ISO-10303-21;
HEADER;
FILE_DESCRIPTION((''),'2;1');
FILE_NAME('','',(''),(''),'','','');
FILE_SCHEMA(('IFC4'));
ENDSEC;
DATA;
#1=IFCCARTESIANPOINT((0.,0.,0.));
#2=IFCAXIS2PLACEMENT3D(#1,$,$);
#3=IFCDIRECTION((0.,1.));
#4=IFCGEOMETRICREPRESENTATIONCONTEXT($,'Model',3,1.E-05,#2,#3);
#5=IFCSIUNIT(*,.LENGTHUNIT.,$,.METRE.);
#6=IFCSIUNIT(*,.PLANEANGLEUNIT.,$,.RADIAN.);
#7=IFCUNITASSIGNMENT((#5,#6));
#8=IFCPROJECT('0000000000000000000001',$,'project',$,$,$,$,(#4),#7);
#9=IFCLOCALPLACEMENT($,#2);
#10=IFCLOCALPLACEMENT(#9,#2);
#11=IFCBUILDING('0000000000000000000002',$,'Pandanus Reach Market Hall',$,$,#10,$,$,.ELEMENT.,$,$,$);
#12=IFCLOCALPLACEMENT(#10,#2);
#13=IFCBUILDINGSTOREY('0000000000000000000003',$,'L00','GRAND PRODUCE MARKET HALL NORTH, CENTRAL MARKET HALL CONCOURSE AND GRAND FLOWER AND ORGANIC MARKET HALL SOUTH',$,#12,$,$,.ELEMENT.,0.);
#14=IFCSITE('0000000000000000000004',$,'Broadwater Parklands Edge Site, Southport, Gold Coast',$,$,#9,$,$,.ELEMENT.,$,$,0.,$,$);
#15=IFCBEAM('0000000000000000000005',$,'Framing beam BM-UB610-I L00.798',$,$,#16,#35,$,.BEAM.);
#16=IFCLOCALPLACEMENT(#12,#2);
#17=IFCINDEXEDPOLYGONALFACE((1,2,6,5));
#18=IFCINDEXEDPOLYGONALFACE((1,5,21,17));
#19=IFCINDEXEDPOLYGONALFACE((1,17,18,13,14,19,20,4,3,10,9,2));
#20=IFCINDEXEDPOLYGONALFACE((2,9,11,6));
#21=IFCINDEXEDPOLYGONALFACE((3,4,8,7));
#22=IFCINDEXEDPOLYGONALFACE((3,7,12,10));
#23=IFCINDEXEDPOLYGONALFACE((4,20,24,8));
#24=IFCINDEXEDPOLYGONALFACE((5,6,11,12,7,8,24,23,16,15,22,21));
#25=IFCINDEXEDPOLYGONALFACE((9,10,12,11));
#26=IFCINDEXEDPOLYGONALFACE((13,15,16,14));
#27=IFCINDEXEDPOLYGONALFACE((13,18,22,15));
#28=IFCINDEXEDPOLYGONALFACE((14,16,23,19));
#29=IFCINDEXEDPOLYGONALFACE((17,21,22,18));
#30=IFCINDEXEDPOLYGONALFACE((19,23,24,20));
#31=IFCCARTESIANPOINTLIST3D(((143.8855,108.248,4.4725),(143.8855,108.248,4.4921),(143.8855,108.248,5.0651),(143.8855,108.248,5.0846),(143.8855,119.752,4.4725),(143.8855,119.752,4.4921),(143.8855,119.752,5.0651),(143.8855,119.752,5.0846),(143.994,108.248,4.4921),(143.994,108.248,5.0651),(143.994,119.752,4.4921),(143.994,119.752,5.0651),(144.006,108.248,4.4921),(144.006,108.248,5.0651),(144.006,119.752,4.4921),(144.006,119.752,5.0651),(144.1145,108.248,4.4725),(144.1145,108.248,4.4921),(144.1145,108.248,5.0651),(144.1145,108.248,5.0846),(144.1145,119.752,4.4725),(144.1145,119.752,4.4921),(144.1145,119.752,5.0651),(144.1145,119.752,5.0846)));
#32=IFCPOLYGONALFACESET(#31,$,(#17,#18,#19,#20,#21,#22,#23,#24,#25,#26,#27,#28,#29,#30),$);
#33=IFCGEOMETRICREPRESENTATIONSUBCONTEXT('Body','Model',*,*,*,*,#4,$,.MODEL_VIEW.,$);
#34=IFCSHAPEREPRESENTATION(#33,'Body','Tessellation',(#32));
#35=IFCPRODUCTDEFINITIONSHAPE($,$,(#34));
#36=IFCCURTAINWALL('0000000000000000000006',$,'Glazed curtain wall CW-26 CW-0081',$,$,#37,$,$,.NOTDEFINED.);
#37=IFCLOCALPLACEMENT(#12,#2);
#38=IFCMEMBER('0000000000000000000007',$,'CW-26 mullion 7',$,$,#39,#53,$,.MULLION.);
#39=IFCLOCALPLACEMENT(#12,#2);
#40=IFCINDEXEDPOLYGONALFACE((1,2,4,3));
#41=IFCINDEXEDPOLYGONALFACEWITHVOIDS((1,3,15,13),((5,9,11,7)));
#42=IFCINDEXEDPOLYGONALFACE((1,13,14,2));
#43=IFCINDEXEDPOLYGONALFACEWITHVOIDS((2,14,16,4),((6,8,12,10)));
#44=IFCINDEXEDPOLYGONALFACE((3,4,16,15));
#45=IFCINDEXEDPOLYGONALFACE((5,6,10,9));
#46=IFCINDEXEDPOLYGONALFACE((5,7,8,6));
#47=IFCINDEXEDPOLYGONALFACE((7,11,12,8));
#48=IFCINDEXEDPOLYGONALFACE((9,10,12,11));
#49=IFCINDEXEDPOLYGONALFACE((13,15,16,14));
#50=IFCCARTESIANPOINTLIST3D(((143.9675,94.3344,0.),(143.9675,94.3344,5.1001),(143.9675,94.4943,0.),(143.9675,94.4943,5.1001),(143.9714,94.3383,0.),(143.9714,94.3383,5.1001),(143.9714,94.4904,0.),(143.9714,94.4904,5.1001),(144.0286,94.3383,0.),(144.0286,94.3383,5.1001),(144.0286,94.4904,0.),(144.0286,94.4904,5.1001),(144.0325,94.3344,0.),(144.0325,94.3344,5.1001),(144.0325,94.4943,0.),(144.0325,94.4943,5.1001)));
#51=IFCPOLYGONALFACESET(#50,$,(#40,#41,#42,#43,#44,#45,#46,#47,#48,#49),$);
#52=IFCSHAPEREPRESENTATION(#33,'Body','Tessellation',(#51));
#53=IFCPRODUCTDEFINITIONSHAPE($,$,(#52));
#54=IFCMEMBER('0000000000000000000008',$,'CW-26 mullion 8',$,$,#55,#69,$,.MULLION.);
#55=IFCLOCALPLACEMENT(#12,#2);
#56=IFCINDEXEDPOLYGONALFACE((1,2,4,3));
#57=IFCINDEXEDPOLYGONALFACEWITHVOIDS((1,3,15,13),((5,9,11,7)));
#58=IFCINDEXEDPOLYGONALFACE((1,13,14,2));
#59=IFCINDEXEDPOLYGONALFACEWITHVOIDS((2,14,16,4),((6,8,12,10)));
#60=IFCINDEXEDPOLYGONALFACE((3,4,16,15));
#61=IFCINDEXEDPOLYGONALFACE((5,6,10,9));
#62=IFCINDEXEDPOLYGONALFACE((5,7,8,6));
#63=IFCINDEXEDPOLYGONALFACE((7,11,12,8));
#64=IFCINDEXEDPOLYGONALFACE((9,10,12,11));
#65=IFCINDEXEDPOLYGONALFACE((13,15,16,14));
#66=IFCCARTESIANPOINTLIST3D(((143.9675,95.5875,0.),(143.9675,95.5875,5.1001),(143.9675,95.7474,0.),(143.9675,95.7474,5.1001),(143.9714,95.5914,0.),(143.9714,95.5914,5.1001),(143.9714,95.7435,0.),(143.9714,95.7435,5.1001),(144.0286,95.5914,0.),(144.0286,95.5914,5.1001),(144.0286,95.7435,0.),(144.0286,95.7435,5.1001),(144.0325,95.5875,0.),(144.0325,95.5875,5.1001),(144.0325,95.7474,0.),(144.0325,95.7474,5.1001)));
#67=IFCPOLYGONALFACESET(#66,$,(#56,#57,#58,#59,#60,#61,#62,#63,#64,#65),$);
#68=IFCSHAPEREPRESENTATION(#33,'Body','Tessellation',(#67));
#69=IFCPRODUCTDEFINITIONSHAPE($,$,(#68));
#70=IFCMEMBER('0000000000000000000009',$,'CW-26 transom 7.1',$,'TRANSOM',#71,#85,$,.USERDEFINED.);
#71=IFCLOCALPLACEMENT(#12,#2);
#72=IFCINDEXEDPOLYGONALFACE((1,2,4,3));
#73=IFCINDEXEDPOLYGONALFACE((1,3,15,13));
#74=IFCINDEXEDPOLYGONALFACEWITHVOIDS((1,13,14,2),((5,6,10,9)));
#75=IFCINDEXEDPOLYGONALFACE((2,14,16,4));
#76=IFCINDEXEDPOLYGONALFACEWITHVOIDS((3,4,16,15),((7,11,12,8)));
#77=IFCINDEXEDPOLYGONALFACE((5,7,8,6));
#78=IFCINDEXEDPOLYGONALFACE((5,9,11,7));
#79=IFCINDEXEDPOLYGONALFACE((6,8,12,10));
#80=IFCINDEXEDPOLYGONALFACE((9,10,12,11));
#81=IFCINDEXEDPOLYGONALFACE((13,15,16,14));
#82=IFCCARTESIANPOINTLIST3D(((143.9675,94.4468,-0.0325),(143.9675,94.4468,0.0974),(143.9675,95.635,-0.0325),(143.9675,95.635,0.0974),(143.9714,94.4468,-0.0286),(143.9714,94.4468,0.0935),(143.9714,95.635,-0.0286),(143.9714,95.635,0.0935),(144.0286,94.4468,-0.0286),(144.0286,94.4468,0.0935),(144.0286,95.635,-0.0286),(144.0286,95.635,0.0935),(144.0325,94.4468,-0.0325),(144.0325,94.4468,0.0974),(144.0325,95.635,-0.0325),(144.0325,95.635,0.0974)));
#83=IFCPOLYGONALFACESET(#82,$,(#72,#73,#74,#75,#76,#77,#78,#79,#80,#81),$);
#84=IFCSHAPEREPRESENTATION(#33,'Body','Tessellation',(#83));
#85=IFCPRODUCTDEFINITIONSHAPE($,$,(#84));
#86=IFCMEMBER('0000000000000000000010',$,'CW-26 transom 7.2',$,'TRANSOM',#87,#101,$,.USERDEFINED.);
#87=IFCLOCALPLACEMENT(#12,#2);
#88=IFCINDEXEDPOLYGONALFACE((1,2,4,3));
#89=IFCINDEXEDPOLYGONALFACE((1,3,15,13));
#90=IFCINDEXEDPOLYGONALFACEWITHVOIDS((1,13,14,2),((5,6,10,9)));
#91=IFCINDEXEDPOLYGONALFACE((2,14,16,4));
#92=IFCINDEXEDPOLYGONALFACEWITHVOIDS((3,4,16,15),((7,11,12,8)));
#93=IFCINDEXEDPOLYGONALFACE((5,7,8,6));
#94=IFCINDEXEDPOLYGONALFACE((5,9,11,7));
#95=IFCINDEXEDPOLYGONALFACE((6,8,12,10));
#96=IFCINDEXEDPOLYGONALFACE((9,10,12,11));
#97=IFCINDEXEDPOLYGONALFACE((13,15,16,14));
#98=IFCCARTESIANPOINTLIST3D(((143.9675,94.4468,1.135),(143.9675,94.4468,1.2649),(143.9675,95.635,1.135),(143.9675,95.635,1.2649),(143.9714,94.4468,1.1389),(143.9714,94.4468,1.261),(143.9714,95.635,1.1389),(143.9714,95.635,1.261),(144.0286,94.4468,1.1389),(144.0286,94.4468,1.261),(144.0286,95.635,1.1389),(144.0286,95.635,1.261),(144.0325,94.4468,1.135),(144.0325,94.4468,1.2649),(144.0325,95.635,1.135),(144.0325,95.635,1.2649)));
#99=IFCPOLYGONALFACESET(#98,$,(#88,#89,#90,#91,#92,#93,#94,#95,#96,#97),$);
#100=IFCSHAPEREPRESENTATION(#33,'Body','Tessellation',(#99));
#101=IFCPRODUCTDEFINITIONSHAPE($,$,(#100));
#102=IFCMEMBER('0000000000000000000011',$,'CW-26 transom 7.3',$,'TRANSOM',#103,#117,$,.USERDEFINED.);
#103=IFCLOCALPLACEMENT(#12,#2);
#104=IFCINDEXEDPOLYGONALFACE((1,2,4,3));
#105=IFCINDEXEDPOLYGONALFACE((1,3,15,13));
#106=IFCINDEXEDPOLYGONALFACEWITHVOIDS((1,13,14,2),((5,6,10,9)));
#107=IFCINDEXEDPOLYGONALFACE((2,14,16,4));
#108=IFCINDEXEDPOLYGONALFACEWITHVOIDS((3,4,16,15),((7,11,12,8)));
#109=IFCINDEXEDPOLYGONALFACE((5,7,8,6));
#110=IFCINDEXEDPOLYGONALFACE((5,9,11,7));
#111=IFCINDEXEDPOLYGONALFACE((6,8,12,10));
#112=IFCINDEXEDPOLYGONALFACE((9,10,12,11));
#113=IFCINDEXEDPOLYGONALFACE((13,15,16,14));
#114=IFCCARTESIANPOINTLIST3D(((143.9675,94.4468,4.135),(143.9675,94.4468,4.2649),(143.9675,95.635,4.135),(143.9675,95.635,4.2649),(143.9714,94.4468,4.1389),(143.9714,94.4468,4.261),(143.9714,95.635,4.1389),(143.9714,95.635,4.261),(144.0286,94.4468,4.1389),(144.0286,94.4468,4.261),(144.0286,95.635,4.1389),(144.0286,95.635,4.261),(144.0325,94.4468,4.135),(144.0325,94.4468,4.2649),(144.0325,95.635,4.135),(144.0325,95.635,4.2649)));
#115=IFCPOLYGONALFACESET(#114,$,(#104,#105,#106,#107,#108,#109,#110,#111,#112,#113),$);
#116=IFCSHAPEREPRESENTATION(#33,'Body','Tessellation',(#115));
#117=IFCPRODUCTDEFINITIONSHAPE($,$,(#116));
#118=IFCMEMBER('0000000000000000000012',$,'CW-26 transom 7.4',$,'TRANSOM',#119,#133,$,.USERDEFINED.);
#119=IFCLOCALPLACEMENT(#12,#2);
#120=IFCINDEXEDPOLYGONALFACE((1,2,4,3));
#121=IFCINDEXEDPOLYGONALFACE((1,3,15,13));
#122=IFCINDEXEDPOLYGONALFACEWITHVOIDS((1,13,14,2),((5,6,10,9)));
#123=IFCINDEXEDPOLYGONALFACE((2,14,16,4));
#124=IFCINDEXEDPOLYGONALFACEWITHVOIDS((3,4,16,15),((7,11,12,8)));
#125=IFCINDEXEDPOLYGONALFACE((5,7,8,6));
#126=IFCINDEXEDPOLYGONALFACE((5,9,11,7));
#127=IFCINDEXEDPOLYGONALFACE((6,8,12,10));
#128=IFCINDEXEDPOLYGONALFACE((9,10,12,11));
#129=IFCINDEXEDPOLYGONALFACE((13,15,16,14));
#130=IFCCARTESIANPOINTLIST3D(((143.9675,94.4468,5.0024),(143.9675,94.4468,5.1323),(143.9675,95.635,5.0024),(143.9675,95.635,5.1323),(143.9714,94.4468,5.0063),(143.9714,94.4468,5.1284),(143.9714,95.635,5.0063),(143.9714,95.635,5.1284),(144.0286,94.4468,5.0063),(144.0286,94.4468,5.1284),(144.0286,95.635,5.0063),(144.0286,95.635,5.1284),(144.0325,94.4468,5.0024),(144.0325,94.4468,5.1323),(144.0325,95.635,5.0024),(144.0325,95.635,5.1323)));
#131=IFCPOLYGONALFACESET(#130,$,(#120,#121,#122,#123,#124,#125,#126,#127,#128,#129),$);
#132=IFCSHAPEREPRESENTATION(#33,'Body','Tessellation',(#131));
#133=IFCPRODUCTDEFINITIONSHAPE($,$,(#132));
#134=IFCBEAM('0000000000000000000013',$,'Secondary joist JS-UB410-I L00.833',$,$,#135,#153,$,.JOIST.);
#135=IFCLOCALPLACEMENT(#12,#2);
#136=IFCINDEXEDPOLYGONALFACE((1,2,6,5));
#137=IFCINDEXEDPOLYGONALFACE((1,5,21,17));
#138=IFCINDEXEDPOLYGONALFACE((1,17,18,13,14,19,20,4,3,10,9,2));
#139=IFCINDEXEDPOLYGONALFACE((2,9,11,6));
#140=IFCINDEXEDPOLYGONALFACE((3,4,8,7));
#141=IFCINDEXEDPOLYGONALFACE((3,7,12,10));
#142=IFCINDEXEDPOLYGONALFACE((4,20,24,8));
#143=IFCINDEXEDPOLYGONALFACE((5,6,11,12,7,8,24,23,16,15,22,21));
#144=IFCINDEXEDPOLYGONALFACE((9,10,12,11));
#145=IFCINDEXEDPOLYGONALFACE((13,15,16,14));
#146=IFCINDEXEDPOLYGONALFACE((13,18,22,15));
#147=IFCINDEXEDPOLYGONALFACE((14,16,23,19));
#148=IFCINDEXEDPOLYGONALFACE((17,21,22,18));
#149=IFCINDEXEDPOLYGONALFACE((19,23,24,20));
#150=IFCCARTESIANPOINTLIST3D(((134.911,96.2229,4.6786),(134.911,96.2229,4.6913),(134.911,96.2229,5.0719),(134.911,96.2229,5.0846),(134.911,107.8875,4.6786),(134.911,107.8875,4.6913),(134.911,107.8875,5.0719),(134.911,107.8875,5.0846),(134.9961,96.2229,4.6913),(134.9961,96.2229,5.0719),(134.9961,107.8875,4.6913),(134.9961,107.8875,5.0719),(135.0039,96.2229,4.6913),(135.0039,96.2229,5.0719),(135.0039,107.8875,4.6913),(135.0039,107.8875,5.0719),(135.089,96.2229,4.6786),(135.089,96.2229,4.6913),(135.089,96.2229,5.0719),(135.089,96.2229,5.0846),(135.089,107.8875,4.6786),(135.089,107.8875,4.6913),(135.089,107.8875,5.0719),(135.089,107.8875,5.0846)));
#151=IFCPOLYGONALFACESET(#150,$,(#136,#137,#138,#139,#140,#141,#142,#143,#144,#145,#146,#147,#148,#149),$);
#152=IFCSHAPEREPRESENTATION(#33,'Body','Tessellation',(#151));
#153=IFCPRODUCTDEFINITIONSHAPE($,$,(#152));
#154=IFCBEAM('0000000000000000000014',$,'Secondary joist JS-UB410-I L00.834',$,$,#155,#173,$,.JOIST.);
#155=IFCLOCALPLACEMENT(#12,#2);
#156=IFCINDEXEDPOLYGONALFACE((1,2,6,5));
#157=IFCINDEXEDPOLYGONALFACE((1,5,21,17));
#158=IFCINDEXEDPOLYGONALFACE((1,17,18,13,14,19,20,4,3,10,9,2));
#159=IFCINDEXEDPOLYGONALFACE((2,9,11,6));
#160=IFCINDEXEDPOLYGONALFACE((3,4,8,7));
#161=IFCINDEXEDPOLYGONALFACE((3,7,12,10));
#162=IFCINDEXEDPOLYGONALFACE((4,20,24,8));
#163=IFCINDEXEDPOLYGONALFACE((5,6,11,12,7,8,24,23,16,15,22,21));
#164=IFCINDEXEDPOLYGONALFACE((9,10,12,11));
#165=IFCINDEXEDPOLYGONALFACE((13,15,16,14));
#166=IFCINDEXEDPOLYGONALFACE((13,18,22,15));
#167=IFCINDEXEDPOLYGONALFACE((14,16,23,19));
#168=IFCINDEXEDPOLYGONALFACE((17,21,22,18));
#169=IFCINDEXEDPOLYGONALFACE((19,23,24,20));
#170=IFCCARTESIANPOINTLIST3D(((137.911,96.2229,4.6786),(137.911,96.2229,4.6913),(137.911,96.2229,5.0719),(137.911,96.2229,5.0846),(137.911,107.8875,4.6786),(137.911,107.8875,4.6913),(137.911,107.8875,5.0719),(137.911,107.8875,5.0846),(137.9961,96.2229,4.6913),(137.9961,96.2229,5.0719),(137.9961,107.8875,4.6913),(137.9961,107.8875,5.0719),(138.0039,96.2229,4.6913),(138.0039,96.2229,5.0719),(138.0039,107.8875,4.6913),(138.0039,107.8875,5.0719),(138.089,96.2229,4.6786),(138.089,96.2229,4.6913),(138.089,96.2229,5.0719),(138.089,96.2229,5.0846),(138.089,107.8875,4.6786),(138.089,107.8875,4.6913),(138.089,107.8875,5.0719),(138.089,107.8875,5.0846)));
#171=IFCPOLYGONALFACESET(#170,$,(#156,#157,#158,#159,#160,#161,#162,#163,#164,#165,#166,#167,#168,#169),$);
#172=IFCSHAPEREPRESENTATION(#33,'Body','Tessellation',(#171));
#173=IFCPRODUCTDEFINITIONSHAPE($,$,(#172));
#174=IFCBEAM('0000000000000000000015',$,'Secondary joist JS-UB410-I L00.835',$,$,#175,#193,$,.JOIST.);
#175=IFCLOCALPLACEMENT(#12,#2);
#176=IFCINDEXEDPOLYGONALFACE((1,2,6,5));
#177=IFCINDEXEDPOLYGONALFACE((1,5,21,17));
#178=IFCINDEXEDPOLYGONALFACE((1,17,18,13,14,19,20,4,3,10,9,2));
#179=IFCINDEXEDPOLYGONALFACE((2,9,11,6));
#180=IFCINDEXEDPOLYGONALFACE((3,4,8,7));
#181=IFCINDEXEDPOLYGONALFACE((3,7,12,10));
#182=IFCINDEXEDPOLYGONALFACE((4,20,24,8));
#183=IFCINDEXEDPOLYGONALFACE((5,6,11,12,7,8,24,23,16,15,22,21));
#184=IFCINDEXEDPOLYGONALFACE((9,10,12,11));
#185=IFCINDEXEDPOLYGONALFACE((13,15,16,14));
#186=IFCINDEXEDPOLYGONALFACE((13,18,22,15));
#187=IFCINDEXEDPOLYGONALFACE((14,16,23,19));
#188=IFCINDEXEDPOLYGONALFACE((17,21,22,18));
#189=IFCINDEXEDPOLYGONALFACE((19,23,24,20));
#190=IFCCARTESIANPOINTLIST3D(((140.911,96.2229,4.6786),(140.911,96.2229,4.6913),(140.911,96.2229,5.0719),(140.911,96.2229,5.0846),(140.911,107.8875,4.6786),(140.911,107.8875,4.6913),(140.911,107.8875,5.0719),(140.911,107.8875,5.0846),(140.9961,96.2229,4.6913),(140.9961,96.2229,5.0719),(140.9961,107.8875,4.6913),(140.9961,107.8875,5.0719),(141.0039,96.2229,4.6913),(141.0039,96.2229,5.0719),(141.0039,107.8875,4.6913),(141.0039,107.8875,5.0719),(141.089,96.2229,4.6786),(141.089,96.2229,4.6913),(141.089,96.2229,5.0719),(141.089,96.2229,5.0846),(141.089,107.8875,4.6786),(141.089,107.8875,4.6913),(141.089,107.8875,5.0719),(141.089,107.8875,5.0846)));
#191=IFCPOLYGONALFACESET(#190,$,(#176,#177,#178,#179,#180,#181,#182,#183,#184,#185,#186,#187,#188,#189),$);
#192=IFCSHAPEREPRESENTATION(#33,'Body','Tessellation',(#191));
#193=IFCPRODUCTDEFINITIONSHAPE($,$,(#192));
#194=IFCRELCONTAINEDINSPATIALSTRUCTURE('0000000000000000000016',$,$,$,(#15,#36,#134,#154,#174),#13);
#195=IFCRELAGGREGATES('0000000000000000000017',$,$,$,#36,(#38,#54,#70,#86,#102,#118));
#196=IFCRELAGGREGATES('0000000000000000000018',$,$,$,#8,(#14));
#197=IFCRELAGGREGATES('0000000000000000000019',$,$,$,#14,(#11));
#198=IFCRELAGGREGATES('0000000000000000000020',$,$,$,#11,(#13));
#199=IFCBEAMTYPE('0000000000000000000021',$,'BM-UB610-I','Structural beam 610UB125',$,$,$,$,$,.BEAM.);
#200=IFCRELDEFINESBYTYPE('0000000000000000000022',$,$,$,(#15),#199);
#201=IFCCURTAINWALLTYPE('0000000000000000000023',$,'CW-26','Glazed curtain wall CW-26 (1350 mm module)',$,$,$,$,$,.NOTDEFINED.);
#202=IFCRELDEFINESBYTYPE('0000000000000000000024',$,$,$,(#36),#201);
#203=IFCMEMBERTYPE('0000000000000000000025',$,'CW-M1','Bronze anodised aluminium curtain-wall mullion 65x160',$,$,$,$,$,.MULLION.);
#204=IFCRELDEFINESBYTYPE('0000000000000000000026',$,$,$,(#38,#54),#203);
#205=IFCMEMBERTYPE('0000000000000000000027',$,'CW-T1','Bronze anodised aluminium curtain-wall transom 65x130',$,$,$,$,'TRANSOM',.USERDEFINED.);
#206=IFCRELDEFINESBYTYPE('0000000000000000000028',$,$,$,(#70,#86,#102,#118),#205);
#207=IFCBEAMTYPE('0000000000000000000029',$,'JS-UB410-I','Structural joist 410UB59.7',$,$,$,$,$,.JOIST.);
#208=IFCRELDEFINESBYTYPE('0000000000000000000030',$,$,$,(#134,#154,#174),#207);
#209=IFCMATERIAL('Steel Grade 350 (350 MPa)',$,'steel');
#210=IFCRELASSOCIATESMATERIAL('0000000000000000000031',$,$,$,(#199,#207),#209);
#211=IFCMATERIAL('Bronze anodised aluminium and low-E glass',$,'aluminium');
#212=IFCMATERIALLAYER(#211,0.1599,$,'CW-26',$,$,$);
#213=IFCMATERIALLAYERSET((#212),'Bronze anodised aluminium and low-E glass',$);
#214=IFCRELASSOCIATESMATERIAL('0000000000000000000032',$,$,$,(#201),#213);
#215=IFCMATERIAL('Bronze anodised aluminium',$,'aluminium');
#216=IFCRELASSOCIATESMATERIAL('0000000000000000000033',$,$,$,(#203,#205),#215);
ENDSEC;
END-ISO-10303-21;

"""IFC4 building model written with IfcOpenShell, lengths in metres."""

from ifc_helpers import new_model, si_unit, direction, frame, origin, origin_2d, place, context, subcontext, project, spatial, hollow_rectangle, i_section, extrude, material, layer, layer_set, material_profile, profile_set, type_object, element, aggregate, save


model = new_model("IFC4")

# Units and contexts
model_context = context("Model", 3, precision=1e-05, world=origin(), true_north=direction((0.0, 1.0)))
body_context = subcontext(model_context, "Body", "Model", "MODEL_VIEW")
ifc_project = project(units=[si_unit("LENGTHUNIT", "METRE"), si_unit("PLANEANGLEUNIT", "RADIAN")], contexts=[model_context])

# Site, building, storey
site_placement = place(None, origin())
site = spatial("IfcSite", under=ifc_project, at=site_placement, Name="Broadwater Parklands Edge Site, Southport, Gold Coast", CompositionType="ELEMENT", RefElevation=0.0)
building_placement = place(site_placement, origin())
building = spatial("IfcBuilding", under=site, at=building_placement, Name="Pandanus Reach Market Hall", CompositionType="ELEMENT")
storey_placement = place(building_placement, origin())
storey = spatial("IfcBuildingStorey", under=building, at=storey_placement, Name="L00", Description="GRAND PRODUCE MARKET HALL NORTH, CENTRAL MARKET HALL CONCOURSE AND GRAND FLOWER AND ORGANIC MARKET HALL SOUTH", CompositionType="ELEMENT", Elevation=0.0)

# Beam
ifc_material_1 = material(Name="Steel Grade 350 (350 MPa)", Category="steel")
ifc_material_profile_1 = material_profile(ifc_material_1, i_section(OverallWidth=0.229, OverallDepth=0.6121, WebThickness=0.012, FlangeThickness=0.0195, at=origin_2d()), Name="610UB125", Category="LoadBearing")
ifc_profile_set_1 = profile_set([ifc_material_profile_1], Name="Steel Grade 350 (350 MPa)")
beam_type_1 = type_object("IfcBeamType", Name="BM-UB610-I", Description="Structural beam 610UB125", PredefinedType="BEAM", material=ifc_profile_set_1)
beam_1_placement = place(storey_placement, frame((144.0, 108.248, 4.7786), z_axis=(0.0, 1.0, 0.0), x_axis=(-1.0, 0.0, 0.0)))
element("IfcBeam", 1, at=beam_1_placement, inside=storey, type_object=beam_type_1, Name="Framing beam BM-UB610-I L00.798", PredefinedType="BEAM", context=body_context, shape_type="SweptSolid", body=[
    extrude(i_section(OverallWidth=0.229, OverallDepth=0.6121, WebThickness=0.012, FlangeThickness=0.0195, at=origin_2d()), origin(), (0.0, 0.0, 1.0), 11.5039),
])

# Curtain wall, members
ifc_material_2 = material(Name="Bronze anodised aluminium and low-E glass", Category="aluminium")
ifc_layer_1 = layer(ifc_material_2, 0.1599, Name="CW-26")
ifc_layer_set_1 = layer_set([ifc_layer_1], Name="Bronze anodised aluminium and low-E glass")
curtain_wall_type = type_object("IfcCurtainWallType", Name="CW-26", Description="Glazed curtain wall CW-26 (1350 mm module)", PredefinedType="NOTDEFINED", material=ifc_layer_set_1)
curtain_wall_placement = place(storey_placement, origin())
curtain_wall = element("IfcCurtainWall", 2, at=curtain_wall_placement, inside=storey, type_object=curtain_wall_type, Name="Glazed curtain wall CW-26 CW-0081", PredefinedType="NOTDEFINED")
ifc_material_3 = material(Name="Bronze anodised aluminium", Category="aluminium")
ifc_material_profile_2 = material_profile(ifc_material_3, hollow_rectangle(XDim=0.0649, YDim=0.1599, WallThickness=0.0039, at=origin_2d()), Name="ALU65x160", Category="LoadBearing")
ifc_profile_set_2 = profile_set([ifc_material_profile_2], Name="Bronze anodised aluminium")
member_type_1 = type_object("IfcMemberType", Name="CW-M1", Description="Bronze anodised aluminium curtain-wall mullion 65x160", PredefinedType="MULLION", material=ifc_profile_set_2)
member_1_placement = place(storey_placement, frame((144.0, 94.4143, 0.0), z_axis=(0.0, 0.0, 1.0), x_axis=(-1.0, 0.0, 0.0)))
member_1 = element("IfcMember", 3, at=member_1_placement, type_object=member_type_1, Name="CW-26 mullion 7", PredefinedType="MULLION", context=body_context, shape_type="SweptSolid", body=[
    extrude(hollow_rectangle(XDim=0.0649, YDim=0.1599, WallThickness=0.0039, at=origin_2d()), origin(), (0.0, 0.0, 1.0), 5.1001),
])
member_2_placement = place(storey_placement, frame((144.0, 95.6675, 0.0), z_axis=(0.0, 0.0, 1.0), x_axis=(-1.0, 0.0, 0.0)))
member_2 = element("IfcMember", 4, at=member_2_placement, type_object=member_type_1, Name="CW-26 mullion 8", PredefinedType="MULLION", context=body_context, shape_type="SweptSolid", body=[
    extrude(hollow_rectangle(XDim=0.0649, YDim=0.1599, WallThickness=0.0039, at=origin_2d()), origin(), (0.0, 0.0, 1.0), 5.1001),
])
ifc_material_profile_3 = material_profile(ifc_material_3, hollow_rectangle(XDim=0.0649, YDim=0.1299, WallThickness=0.0039, at=origin_2d()), Name="ALU65x130", Category="LoadBearing")
ifc_profile_set_3 = profile_set([ifc_material_profile_3], Name="Bronze anodised aluminium")
member_type_2 = type_object("IfcMemberType", Name="CW-T1", Description="Bronze anodised aluminium curtain-wall transom 65x130", ElementType="TRANSOM", PredefinedType="USERDEFINED", material=ifc_profile_set_3)
member_3_placement = place(storey_placement, frame((144.0, 94.4468, 0.0325), z_axis=(0.0, 1.0, 0.0), x_axis=(-1.0, 0.0, 0.0)))
member_3 = element("IfcMember", 5, at=member_3_placement, type_object=member_type_2, Name="CW-26 transom 7.1", ObjectType="TRANSOM", PredefinedType="USERDEFINED", context=body_context, shape_type="SweptSolid", body=[
    extrude(hollow_rectangle(XDim=0.0649, YDim=0.1299, WallThickness=0.0039, at=origin_2d()), origin(), (0.0, 0.0, 1.0), 1.1882),
])
member_4_placement = place(storey_placement, frame((144.0, 94.4468, 1.2), z_axis=(0.0, 1.0, 0.0), x_axis=(-1.0, 0.0, 0.0)))
member_4 = element("IfcMember", 6, at=member_4_placement, type_object=member_type_2, Name="CW-26 transom 7.2", ObjectType="TRANSOM", PredefinedType="USERDEFINED", context=body_context, shape_type="SweptSolid", body=[
    extrude(hollow_rectangle(XDim=0.0649, YDim=0.1299, WallThickness=0.0039, at=origin_2d()), origin(), (0.0, 0.0, 1.0), 1.1882),
])
member_5_placement = place(storey_placement, frame((144.0, 94.4468, 4.2), z_axis=(0.0, 1.0, 0.0), x_axis=(-1.0, 0.0, 0.0)))
member_5 = element("IfcMember", 7, at=member_5_placement, type_object=member_type_2, Name="CW-26 transom 7.3", ObjectType="TRANSOM", PredefinedType="USERDEFINED", context=body_context, shape_type="SweptSolid", body=[
    extrude(hollow_rectangle(XDim=0.0649, YDim=0.1299, WallThickness=0.0039, at=origin_2d()), origin(), (0.0, 0.0, 1.0), 1.1882),
])
member_6_placement = place(storey_placement, frame((144.0, 94.4468, 5.0674), z_axis=(0.0, 1.0, 0.0), x_axis=(-1.0, 0.0, 0.0)))
member_6 = element("IfcMember", 8, at=member_6_placement, type_object=member_type_2, Name="CW-26 transom 7.4", ObjectType="TRANSOM", PredefinedType="USERDEFINED", context=body_context, shape_type="SweptSolid", body=[
    extrude(hollow_rectangle(XDim=0.0649, YDim=0.1299, WallThickness=0.0039, at=origin_2d()), origin(), (0.0, 0.0, 1.0), 1.1882),
])

# Beams
ifc_material_profile_4 = material_profile(ifc_material_1, i_section(OverallWidth=0.178, OverallDepth=0.406, WebThickness=0.0078, FlangeThickness=0.0127, at=origin_2d()), Name="410UB59.7", Category="LoadBearing")
ifc_profile_set_4 = profile_set([ifc_material_profile_4], Name="Steel Grade 350 (350 MPa)")
beam_type_2 = type_object("IfcBeamType", Name="JS-UB410-I", Description="Structural joist 410UB59.7", PredefinedType="JOIST", material=ifc_profile_set_4)
for number, where, z_axis, x_axis, name in (
    (9, (135.0, 96.2229, 4.8816), (0.0, 1.0, 0.0), (-1.0, 0.0, 0.0), "Secondary joist JS-UB410-I L00.833"),
    (10, (138.0, 96.2229, 4.8816), (0.0, 1.0, 0.0), (-1.0, 0.0, 0.0), "Secondary joist JS-UB410-I L00.834"),
    (11, (141.0, 96.2229, 4.8816), (0.0, 1.0, 0.0), (-1.0, 0.0, 0.0), "Secondary joist JS-UB410-I L00.835"),
):
    element("IfcBeam", number, at=place(storey_placement, frame(where, z_axis=z_axis, x_axis=x_axis)), inside=storey, type_object=beam_type_2, Name=name, PredefinedType="JOIST", context=body_context, shape_type="SweptSolid", body=[
        extrude(i_section(OverallWidth=0.178, OverallDepth=0.406, WebThickness=0.0078, FlangeThickness=0.0127, at=origin_2d()), origin(), (0.0, 0.0, 1.0), 11.6646),
    ])

aggregate(curtain_wall, [member_1, member_2, member_3, member_4, member_5, member_6])

save(model, "model.ifc")
